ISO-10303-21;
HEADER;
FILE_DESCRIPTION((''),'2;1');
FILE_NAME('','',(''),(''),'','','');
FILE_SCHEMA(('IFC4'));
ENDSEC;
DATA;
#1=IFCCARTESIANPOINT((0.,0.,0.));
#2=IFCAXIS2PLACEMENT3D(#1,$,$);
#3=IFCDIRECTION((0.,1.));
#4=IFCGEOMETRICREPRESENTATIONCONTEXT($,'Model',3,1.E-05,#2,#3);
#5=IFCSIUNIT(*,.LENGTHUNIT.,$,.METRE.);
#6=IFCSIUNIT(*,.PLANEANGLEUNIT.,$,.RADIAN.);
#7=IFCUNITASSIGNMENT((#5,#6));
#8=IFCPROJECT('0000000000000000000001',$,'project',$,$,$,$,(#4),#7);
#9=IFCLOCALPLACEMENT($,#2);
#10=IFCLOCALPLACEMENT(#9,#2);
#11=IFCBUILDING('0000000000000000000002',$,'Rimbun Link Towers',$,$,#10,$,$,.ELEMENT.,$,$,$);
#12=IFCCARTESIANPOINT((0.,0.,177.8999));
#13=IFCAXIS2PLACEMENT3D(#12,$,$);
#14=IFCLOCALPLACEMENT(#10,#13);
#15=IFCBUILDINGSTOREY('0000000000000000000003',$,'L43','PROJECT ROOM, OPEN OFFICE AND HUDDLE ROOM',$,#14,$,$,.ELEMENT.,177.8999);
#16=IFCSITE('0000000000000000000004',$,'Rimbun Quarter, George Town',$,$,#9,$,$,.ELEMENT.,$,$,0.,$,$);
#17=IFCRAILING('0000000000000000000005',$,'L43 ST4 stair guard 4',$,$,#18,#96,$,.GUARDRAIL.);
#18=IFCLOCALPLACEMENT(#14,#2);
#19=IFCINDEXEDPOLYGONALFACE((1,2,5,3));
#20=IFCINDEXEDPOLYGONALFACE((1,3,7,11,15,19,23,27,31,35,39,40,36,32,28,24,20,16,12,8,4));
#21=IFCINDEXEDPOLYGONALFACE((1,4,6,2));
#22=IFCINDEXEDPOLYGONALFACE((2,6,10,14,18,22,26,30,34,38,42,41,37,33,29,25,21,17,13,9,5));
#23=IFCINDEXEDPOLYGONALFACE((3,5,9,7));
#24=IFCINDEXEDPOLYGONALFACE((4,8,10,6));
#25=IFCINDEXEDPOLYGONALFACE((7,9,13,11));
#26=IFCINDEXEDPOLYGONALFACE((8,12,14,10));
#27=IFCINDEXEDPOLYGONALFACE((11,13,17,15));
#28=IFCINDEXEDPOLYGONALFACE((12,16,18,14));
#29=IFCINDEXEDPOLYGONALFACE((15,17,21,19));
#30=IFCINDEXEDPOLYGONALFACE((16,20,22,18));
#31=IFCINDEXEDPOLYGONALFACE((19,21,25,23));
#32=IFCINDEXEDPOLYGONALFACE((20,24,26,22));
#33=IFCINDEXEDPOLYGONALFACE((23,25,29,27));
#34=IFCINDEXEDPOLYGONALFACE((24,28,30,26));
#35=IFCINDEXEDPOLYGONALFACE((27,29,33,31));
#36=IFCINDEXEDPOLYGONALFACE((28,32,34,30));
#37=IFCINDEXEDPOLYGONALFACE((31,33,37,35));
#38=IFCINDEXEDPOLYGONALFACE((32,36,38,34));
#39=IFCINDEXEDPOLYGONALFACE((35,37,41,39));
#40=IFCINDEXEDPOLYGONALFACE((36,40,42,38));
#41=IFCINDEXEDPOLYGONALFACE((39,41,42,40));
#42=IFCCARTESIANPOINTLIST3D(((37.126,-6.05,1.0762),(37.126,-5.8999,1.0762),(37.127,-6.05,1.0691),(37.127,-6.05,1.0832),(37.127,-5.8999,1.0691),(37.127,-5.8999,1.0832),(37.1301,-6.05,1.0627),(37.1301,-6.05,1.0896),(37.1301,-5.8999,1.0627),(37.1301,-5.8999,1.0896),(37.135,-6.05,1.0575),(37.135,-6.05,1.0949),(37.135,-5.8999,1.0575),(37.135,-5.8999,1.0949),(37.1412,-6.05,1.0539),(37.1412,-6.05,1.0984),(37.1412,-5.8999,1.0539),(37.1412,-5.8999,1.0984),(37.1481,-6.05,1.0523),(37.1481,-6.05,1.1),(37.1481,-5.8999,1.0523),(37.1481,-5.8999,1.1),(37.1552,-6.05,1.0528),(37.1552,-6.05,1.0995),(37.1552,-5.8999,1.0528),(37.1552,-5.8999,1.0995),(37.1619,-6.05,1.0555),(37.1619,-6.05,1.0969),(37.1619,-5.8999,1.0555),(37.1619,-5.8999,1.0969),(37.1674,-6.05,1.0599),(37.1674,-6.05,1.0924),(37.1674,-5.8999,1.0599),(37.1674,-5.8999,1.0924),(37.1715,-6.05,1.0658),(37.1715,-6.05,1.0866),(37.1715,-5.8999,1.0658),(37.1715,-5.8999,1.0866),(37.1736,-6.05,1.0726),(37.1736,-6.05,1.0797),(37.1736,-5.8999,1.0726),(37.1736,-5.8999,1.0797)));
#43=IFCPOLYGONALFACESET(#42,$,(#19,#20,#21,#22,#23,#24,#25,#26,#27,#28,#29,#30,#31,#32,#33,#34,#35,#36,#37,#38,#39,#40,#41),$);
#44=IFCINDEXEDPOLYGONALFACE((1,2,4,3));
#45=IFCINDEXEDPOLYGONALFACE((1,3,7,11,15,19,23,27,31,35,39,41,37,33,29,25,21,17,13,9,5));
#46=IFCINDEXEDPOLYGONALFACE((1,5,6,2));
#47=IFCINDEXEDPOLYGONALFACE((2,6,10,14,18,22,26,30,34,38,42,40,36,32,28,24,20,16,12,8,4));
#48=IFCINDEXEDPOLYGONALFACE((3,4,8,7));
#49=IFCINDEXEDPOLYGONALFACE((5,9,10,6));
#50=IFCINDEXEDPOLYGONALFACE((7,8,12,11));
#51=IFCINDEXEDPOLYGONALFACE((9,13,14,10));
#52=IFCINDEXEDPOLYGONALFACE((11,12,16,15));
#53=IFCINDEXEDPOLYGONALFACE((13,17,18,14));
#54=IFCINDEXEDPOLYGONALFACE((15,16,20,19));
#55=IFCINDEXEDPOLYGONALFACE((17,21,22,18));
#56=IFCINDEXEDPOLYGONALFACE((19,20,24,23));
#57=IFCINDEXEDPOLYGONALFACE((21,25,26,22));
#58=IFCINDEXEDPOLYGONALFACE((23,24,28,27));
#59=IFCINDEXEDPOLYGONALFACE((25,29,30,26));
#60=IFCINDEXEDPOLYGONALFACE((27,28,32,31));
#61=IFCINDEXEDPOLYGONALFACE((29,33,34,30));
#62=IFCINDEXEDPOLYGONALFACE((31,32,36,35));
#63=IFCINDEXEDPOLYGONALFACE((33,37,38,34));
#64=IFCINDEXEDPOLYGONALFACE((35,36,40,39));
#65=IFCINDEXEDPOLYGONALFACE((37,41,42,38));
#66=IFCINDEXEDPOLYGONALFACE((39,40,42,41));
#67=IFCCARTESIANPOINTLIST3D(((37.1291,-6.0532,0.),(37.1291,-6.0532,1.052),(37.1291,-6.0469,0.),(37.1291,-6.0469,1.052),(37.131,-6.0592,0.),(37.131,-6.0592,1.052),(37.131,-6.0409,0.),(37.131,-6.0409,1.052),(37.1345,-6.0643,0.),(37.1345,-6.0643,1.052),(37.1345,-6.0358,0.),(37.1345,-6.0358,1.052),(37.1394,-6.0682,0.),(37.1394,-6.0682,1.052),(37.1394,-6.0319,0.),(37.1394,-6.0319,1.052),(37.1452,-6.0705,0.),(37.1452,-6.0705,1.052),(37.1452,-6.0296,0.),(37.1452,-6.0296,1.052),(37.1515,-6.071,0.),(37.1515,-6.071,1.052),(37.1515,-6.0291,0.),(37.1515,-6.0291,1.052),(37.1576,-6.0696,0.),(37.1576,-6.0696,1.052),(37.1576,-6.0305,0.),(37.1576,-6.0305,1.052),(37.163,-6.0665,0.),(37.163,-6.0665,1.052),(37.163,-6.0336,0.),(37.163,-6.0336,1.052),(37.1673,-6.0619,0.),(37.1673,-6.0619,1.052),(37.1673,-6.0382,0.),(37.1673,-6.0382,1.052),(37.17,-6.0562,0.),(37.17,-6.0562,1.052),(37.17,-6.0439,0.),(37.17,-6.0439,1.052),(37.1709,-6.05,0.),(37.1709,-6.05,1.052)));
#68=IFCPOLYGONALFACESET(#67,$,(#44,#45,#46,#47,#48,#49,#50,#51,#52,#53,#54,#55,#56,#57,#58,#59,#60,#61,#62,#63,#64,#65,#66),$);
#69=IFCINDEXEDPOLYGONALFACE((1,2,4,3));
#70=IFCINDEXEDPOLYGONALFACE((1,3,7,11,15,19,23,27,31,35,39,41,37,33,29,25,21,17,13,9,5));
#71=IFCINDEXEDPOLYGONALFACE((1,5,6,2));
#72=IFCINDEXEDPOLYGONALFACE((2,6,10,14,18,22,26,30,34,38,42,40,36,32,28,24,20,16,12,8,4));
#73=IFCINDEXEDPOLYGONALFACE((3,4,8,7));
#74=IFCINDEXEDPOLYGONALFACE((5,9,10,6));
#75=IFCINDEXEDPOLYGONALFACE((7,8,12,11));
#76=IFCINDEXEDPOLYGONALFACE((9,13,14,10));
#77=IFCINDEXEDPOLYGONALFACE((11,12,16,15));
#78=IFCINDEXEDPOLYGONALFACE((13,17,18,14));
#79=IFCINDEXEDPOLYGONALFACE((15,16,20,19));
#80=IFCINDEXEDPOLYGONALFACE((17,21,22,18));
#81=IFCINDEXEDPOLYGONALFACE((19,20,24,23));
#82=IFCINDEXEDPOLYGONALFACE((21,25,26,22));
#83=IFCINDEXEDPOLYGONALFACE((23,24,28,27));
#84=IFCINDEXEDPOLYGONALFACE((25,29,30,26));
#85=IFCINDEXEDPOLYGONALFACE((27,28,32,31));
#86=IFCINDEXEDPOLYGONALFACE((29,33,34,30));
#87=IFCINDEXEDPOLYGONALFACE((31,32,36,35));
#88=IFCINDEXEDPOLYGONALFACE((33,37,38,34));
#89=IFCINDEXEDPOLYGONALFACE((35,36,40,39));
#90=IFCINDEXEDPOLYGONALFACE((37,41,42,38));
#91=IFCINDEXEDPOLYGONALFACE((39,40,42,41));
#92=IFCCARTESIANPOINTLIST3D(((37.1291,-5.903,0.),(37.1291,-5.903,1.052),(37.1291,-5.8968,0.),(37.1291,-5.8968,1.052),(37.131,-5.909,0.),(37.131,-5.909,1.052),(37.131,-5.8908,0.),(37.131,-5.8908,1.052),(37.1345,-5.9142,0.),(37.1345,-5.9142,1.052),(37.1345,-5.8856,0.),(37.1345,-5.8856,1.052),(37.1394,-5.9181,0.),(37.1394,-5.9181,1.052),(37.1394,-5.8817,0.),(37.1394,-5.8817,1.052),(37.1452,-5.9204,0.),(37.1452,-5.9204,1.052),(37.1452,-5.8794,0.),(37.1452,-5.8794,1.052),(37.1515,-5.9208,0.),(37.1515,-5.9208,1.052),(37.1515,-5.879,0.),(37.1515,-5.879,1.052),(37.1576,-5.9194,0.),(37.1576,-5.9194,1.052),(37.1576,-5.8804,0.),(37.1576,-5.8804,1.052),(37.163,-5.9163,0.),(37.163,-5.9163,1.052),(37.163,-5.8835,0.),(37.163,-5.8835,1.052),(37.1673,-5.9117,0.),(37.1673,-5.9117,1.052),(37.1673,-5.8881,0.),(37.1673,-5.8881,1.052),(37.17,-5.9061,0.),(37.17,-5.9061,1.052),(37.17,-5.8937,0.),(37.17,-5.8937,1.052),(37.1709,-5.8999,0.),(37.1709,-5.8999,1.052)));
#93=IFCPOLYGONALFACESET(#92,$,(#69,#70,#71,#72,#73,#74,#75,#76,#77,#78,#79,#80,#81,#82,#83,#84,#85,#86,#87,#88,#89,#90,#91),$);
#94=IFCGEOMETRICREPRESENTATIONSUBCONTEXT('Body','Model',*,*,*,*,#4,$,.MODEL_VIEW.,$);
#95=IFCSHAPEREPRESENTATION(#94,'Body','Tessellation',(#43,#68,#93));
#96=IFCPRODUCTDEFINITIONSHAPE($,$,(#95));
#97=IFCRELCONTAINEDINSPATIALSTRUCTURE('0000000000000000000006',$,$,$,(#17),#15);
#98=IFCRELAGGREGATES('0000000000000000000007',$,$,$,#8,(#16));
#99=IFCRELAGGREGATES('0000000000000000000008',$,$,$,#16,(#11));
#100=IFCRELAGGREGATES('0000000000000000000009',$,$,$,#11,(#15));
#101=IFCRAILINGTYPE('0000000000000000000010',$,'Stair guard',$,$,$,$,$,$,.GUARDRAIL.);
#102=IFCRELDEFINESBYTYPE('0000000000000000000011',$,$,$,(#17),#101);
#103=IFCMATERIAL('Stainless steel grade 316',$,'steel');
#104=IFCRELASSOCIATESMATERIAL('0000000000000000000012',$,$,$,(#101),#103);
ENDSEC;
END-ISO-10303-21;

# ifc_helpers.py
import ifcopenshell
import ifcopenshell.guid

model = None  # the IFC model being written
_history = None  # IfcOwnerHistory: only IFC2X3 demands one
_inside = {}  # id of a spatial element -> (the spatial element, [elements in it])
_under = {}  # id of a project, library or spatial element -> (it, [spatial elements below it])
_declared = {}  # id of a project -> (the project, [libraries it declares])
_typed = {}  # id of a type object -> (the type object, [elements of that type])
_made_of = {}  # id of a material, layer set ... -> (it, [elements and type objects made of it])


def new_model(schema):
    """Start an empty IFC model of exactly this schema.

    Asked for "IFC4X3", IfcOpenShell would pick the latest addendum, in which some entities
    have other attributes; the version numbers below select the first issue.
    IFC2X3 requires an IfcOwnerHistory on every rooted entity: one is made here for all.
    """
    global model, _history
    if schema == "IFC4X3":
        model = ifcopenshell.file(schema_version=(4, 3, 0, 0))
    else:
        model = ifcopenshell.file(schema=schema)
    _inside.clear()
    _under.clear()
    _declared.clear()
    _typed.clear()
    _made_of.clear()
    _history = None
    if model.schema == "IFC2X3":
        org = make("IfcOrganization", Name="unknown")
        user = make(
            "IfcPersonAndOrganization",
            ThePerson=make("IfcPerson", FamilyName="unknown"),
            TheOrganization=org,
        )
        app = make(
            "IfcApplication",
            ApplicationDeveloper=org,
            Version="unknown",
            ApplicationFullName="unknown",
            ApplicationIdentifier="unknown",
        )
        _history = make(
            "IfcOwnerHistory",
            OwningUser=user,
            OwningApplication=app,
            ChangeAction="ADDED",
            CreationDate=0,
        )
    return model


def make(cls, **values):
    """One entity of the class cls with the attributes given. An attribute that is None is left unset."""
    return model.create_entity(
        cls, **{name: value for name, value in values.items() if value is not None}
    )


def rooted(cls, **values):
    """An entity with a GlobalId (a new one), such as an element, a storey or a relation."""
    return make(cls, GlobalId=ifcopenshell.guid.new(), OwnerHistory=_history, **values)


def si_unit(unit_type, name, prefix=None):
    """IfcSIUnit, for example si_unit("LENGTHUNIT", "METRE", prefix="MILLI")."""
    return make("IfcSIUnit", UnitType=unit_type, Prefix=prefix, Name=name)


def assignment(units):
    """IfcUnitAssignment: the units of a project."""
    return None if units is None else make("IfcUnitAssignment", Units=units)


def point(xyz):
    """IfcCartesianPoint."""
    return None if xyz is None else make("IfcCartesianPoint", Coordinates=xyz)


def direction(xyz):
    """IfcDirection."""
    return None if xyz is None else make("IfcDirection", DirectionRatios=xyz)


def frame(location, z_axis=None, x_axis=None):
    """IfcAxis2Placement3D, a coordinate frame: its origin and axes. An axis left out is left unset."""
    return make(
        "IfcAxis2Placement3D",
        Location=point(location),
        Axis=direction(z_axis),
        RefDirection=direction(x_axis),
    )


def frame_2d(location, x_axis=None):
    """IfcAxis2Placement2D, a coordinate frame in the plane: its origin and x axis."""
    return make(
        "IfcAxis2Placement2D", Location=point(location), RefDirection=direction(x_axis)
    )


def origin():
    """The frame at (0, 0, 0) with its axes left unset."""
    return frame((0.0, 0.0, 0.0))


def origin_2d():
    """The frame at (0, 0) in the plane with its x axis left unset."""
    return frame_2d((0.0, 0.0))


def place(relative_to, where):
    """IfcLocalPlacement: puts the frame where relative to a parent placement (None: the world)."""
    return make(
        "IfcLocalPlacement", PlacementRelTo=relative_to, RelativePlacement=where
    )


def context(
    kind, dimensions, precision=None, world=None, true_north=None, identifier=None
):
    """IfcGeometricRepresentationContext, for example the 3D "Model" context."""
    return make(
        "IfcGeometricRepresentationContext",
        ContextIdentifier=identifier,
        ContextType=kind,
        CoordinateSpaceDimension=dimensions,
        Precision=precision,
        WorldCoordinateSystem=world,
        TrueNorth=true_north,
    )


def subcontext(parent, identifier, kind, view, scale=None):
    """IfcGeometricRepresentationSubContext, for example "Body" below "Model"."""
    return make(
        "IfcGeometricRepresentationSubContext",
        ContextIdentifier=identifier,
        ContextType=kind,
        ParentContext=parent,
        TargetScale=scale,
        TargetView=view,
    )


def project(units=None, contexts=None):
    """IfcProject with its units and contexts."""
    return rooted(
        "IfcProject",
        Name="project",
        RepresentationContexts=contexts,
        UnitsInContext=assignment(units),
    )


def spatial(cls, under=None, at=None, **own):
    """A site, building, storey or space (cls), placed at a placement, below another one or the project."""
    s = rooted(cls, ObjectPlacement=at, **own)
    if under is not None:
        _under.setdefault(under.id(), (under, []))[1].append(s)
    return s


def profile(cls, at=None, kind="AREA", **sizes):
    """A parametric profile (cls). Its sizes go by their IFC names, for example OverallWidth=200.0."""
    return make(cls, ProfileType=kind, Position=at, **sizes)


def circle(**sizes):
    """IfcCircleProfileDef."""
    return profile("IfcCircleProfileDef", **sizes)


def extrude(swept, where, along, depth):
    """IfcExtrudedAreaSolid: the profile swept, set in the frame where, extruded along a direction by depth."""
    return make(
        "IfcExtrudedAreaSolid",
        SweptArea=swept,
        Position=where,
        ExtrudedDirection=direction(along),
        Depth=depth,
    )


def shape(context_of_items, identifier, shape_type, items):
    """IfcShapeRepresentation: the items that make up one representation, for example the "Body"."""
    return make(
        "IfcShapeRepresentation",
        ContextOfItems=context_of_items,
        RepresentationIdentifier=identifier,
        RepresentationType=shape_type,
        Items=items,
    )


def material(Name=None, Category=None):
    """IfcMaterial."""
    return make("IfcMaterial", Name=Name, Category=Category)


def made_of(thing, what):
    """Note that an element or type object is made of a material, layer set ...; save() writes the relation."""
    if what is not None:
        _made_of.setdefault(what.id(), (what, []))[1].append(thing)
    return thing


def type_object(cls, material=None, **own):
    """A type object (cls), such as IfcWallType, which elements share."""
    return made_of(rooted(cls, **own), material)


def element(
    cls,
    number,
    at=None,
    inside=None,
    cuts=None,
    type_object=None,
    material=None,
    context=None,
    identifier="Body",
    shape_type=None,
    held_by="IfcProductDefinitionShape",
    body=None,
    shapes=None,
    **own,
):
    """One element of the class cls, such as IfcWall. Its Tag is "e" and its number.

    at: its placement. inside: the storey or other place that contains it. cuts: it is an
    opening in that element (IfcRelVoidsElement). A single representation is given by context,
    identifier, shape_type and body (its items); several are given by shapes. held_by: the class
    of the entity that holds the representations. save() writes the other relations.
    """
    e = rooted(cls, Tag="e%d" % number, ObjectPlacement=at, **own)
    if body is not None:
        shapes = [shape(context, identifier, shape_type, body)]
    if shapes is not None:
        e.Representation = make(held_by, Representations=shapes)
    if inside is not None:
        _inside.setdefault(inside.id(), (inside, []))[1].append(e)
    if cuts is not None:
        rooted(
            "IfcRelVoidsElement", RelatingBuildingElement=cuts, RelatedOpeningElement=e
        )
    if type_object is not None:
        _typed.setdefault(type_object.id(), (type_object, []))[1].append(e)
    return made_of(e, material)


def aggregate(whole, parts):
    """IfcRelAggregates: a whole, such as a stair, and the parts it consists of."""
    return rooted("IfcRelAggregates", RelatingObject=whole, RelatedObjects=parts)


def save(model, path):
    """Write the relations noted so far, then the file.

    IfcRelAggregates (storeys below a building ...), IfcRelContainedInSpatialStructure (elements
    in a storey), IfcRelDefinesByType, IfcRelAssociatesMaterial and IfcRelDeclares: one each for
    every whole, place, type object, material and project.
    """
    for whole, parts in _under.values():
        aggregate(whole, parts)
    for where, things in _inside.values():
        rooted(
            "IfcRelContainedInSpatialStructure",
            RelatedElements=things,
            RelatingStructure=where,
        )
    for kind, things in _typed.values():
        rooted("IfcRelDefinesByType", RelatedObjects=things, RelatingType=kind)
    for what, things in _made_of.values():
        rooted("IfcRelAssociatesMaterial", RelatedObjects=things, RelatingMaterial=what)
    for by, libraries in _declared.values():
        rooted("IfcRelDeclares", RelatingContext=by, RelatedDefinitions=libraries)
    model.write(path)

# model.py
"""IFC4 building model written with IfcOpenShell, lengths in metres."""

from ifc_helpers import new_model, si_unit, direction, frame, origin, origin_2d, place, context, subcontext, project, spatial, circle, extrude, material, type_object, element, save


model = new_model("IFC4")

# Units and contexts
model_context = context("Model", 3, precision=1e-05, world=origin(), true_north=direction((0.0, 1.0)))
body_context = subcontext(model_context, "Body", "Model", "MODEL_VIEW")
ifc_project = project(units=[si_unit("LENGTHUNIT", "METRE"), si_unit("PLANEANGLEUNIT", "RADIAN")], contexts=[model_context])

# Site, building, storey
site_placement = place(None, origin())
site = spatial("IfcSite", under=ifc_project, at=site_placement, Name="Rimbun Quarter, George Town", CompositionType="ELEMENT", RefElevation=0.0)
building_placement = place(site_placement, origin())
building = spatial("IfcBuilding", under=site, at=building_placement, Name="Rimbun Link Towers", CompositionType="ELEMENT")
storey_placement = place(building_placement, frame((0.0, 0.0, 177.8999)))
storey = spatial("IfcBuildingStorey", under=building, at=storey_placement, Name="L43", Description="PROJECT ROOM, OPEN OFFICE AND HUDDLE ROOM", CompositionType="ELEMENT", Elevation=177.8999)

# Railing
ifc_material_1 = material(Name="Stainless steel grade 316", Category="steel")
railing_type_1 = type_object("IfcRailingType", Name="Stair guard", PredefinedType="GUARDRAIL", material=ifc_material_1)
railing_1_placement = place(storey_placement, frame((37.1499, -6.05, 0.0)))
element("IfcRailing", 1, at=railing_1_placement, inside=storey, type_object=railing_type_1, Name="L43 ST4 stair guard 4", PredefinedType="GUARDRAIL", context=body_context, shape_type="SweptSolid", body=[
    extrude(circle(Radius=0.0239, at=origin_2d()), frame((0.0, 0.0, 1.0762), z_axis=(0.0, 1.0, 0.0), x_axis=(-1.0, 0.0, 0.0)), (0.0, 0.0, 1.0), 0.1501),
    extrude(circle(Radius=0.021, at=origin_2d()), origin(), (0.0, 0.0, 1.0), 1.052),
    extrude(circle(Radius=0.021, at=origin_2d()), frame((0.0, 0.1501, 0.0)), (0.0, 0.0, 1.0), 1.052),
])

save(model, "model.ifc")
